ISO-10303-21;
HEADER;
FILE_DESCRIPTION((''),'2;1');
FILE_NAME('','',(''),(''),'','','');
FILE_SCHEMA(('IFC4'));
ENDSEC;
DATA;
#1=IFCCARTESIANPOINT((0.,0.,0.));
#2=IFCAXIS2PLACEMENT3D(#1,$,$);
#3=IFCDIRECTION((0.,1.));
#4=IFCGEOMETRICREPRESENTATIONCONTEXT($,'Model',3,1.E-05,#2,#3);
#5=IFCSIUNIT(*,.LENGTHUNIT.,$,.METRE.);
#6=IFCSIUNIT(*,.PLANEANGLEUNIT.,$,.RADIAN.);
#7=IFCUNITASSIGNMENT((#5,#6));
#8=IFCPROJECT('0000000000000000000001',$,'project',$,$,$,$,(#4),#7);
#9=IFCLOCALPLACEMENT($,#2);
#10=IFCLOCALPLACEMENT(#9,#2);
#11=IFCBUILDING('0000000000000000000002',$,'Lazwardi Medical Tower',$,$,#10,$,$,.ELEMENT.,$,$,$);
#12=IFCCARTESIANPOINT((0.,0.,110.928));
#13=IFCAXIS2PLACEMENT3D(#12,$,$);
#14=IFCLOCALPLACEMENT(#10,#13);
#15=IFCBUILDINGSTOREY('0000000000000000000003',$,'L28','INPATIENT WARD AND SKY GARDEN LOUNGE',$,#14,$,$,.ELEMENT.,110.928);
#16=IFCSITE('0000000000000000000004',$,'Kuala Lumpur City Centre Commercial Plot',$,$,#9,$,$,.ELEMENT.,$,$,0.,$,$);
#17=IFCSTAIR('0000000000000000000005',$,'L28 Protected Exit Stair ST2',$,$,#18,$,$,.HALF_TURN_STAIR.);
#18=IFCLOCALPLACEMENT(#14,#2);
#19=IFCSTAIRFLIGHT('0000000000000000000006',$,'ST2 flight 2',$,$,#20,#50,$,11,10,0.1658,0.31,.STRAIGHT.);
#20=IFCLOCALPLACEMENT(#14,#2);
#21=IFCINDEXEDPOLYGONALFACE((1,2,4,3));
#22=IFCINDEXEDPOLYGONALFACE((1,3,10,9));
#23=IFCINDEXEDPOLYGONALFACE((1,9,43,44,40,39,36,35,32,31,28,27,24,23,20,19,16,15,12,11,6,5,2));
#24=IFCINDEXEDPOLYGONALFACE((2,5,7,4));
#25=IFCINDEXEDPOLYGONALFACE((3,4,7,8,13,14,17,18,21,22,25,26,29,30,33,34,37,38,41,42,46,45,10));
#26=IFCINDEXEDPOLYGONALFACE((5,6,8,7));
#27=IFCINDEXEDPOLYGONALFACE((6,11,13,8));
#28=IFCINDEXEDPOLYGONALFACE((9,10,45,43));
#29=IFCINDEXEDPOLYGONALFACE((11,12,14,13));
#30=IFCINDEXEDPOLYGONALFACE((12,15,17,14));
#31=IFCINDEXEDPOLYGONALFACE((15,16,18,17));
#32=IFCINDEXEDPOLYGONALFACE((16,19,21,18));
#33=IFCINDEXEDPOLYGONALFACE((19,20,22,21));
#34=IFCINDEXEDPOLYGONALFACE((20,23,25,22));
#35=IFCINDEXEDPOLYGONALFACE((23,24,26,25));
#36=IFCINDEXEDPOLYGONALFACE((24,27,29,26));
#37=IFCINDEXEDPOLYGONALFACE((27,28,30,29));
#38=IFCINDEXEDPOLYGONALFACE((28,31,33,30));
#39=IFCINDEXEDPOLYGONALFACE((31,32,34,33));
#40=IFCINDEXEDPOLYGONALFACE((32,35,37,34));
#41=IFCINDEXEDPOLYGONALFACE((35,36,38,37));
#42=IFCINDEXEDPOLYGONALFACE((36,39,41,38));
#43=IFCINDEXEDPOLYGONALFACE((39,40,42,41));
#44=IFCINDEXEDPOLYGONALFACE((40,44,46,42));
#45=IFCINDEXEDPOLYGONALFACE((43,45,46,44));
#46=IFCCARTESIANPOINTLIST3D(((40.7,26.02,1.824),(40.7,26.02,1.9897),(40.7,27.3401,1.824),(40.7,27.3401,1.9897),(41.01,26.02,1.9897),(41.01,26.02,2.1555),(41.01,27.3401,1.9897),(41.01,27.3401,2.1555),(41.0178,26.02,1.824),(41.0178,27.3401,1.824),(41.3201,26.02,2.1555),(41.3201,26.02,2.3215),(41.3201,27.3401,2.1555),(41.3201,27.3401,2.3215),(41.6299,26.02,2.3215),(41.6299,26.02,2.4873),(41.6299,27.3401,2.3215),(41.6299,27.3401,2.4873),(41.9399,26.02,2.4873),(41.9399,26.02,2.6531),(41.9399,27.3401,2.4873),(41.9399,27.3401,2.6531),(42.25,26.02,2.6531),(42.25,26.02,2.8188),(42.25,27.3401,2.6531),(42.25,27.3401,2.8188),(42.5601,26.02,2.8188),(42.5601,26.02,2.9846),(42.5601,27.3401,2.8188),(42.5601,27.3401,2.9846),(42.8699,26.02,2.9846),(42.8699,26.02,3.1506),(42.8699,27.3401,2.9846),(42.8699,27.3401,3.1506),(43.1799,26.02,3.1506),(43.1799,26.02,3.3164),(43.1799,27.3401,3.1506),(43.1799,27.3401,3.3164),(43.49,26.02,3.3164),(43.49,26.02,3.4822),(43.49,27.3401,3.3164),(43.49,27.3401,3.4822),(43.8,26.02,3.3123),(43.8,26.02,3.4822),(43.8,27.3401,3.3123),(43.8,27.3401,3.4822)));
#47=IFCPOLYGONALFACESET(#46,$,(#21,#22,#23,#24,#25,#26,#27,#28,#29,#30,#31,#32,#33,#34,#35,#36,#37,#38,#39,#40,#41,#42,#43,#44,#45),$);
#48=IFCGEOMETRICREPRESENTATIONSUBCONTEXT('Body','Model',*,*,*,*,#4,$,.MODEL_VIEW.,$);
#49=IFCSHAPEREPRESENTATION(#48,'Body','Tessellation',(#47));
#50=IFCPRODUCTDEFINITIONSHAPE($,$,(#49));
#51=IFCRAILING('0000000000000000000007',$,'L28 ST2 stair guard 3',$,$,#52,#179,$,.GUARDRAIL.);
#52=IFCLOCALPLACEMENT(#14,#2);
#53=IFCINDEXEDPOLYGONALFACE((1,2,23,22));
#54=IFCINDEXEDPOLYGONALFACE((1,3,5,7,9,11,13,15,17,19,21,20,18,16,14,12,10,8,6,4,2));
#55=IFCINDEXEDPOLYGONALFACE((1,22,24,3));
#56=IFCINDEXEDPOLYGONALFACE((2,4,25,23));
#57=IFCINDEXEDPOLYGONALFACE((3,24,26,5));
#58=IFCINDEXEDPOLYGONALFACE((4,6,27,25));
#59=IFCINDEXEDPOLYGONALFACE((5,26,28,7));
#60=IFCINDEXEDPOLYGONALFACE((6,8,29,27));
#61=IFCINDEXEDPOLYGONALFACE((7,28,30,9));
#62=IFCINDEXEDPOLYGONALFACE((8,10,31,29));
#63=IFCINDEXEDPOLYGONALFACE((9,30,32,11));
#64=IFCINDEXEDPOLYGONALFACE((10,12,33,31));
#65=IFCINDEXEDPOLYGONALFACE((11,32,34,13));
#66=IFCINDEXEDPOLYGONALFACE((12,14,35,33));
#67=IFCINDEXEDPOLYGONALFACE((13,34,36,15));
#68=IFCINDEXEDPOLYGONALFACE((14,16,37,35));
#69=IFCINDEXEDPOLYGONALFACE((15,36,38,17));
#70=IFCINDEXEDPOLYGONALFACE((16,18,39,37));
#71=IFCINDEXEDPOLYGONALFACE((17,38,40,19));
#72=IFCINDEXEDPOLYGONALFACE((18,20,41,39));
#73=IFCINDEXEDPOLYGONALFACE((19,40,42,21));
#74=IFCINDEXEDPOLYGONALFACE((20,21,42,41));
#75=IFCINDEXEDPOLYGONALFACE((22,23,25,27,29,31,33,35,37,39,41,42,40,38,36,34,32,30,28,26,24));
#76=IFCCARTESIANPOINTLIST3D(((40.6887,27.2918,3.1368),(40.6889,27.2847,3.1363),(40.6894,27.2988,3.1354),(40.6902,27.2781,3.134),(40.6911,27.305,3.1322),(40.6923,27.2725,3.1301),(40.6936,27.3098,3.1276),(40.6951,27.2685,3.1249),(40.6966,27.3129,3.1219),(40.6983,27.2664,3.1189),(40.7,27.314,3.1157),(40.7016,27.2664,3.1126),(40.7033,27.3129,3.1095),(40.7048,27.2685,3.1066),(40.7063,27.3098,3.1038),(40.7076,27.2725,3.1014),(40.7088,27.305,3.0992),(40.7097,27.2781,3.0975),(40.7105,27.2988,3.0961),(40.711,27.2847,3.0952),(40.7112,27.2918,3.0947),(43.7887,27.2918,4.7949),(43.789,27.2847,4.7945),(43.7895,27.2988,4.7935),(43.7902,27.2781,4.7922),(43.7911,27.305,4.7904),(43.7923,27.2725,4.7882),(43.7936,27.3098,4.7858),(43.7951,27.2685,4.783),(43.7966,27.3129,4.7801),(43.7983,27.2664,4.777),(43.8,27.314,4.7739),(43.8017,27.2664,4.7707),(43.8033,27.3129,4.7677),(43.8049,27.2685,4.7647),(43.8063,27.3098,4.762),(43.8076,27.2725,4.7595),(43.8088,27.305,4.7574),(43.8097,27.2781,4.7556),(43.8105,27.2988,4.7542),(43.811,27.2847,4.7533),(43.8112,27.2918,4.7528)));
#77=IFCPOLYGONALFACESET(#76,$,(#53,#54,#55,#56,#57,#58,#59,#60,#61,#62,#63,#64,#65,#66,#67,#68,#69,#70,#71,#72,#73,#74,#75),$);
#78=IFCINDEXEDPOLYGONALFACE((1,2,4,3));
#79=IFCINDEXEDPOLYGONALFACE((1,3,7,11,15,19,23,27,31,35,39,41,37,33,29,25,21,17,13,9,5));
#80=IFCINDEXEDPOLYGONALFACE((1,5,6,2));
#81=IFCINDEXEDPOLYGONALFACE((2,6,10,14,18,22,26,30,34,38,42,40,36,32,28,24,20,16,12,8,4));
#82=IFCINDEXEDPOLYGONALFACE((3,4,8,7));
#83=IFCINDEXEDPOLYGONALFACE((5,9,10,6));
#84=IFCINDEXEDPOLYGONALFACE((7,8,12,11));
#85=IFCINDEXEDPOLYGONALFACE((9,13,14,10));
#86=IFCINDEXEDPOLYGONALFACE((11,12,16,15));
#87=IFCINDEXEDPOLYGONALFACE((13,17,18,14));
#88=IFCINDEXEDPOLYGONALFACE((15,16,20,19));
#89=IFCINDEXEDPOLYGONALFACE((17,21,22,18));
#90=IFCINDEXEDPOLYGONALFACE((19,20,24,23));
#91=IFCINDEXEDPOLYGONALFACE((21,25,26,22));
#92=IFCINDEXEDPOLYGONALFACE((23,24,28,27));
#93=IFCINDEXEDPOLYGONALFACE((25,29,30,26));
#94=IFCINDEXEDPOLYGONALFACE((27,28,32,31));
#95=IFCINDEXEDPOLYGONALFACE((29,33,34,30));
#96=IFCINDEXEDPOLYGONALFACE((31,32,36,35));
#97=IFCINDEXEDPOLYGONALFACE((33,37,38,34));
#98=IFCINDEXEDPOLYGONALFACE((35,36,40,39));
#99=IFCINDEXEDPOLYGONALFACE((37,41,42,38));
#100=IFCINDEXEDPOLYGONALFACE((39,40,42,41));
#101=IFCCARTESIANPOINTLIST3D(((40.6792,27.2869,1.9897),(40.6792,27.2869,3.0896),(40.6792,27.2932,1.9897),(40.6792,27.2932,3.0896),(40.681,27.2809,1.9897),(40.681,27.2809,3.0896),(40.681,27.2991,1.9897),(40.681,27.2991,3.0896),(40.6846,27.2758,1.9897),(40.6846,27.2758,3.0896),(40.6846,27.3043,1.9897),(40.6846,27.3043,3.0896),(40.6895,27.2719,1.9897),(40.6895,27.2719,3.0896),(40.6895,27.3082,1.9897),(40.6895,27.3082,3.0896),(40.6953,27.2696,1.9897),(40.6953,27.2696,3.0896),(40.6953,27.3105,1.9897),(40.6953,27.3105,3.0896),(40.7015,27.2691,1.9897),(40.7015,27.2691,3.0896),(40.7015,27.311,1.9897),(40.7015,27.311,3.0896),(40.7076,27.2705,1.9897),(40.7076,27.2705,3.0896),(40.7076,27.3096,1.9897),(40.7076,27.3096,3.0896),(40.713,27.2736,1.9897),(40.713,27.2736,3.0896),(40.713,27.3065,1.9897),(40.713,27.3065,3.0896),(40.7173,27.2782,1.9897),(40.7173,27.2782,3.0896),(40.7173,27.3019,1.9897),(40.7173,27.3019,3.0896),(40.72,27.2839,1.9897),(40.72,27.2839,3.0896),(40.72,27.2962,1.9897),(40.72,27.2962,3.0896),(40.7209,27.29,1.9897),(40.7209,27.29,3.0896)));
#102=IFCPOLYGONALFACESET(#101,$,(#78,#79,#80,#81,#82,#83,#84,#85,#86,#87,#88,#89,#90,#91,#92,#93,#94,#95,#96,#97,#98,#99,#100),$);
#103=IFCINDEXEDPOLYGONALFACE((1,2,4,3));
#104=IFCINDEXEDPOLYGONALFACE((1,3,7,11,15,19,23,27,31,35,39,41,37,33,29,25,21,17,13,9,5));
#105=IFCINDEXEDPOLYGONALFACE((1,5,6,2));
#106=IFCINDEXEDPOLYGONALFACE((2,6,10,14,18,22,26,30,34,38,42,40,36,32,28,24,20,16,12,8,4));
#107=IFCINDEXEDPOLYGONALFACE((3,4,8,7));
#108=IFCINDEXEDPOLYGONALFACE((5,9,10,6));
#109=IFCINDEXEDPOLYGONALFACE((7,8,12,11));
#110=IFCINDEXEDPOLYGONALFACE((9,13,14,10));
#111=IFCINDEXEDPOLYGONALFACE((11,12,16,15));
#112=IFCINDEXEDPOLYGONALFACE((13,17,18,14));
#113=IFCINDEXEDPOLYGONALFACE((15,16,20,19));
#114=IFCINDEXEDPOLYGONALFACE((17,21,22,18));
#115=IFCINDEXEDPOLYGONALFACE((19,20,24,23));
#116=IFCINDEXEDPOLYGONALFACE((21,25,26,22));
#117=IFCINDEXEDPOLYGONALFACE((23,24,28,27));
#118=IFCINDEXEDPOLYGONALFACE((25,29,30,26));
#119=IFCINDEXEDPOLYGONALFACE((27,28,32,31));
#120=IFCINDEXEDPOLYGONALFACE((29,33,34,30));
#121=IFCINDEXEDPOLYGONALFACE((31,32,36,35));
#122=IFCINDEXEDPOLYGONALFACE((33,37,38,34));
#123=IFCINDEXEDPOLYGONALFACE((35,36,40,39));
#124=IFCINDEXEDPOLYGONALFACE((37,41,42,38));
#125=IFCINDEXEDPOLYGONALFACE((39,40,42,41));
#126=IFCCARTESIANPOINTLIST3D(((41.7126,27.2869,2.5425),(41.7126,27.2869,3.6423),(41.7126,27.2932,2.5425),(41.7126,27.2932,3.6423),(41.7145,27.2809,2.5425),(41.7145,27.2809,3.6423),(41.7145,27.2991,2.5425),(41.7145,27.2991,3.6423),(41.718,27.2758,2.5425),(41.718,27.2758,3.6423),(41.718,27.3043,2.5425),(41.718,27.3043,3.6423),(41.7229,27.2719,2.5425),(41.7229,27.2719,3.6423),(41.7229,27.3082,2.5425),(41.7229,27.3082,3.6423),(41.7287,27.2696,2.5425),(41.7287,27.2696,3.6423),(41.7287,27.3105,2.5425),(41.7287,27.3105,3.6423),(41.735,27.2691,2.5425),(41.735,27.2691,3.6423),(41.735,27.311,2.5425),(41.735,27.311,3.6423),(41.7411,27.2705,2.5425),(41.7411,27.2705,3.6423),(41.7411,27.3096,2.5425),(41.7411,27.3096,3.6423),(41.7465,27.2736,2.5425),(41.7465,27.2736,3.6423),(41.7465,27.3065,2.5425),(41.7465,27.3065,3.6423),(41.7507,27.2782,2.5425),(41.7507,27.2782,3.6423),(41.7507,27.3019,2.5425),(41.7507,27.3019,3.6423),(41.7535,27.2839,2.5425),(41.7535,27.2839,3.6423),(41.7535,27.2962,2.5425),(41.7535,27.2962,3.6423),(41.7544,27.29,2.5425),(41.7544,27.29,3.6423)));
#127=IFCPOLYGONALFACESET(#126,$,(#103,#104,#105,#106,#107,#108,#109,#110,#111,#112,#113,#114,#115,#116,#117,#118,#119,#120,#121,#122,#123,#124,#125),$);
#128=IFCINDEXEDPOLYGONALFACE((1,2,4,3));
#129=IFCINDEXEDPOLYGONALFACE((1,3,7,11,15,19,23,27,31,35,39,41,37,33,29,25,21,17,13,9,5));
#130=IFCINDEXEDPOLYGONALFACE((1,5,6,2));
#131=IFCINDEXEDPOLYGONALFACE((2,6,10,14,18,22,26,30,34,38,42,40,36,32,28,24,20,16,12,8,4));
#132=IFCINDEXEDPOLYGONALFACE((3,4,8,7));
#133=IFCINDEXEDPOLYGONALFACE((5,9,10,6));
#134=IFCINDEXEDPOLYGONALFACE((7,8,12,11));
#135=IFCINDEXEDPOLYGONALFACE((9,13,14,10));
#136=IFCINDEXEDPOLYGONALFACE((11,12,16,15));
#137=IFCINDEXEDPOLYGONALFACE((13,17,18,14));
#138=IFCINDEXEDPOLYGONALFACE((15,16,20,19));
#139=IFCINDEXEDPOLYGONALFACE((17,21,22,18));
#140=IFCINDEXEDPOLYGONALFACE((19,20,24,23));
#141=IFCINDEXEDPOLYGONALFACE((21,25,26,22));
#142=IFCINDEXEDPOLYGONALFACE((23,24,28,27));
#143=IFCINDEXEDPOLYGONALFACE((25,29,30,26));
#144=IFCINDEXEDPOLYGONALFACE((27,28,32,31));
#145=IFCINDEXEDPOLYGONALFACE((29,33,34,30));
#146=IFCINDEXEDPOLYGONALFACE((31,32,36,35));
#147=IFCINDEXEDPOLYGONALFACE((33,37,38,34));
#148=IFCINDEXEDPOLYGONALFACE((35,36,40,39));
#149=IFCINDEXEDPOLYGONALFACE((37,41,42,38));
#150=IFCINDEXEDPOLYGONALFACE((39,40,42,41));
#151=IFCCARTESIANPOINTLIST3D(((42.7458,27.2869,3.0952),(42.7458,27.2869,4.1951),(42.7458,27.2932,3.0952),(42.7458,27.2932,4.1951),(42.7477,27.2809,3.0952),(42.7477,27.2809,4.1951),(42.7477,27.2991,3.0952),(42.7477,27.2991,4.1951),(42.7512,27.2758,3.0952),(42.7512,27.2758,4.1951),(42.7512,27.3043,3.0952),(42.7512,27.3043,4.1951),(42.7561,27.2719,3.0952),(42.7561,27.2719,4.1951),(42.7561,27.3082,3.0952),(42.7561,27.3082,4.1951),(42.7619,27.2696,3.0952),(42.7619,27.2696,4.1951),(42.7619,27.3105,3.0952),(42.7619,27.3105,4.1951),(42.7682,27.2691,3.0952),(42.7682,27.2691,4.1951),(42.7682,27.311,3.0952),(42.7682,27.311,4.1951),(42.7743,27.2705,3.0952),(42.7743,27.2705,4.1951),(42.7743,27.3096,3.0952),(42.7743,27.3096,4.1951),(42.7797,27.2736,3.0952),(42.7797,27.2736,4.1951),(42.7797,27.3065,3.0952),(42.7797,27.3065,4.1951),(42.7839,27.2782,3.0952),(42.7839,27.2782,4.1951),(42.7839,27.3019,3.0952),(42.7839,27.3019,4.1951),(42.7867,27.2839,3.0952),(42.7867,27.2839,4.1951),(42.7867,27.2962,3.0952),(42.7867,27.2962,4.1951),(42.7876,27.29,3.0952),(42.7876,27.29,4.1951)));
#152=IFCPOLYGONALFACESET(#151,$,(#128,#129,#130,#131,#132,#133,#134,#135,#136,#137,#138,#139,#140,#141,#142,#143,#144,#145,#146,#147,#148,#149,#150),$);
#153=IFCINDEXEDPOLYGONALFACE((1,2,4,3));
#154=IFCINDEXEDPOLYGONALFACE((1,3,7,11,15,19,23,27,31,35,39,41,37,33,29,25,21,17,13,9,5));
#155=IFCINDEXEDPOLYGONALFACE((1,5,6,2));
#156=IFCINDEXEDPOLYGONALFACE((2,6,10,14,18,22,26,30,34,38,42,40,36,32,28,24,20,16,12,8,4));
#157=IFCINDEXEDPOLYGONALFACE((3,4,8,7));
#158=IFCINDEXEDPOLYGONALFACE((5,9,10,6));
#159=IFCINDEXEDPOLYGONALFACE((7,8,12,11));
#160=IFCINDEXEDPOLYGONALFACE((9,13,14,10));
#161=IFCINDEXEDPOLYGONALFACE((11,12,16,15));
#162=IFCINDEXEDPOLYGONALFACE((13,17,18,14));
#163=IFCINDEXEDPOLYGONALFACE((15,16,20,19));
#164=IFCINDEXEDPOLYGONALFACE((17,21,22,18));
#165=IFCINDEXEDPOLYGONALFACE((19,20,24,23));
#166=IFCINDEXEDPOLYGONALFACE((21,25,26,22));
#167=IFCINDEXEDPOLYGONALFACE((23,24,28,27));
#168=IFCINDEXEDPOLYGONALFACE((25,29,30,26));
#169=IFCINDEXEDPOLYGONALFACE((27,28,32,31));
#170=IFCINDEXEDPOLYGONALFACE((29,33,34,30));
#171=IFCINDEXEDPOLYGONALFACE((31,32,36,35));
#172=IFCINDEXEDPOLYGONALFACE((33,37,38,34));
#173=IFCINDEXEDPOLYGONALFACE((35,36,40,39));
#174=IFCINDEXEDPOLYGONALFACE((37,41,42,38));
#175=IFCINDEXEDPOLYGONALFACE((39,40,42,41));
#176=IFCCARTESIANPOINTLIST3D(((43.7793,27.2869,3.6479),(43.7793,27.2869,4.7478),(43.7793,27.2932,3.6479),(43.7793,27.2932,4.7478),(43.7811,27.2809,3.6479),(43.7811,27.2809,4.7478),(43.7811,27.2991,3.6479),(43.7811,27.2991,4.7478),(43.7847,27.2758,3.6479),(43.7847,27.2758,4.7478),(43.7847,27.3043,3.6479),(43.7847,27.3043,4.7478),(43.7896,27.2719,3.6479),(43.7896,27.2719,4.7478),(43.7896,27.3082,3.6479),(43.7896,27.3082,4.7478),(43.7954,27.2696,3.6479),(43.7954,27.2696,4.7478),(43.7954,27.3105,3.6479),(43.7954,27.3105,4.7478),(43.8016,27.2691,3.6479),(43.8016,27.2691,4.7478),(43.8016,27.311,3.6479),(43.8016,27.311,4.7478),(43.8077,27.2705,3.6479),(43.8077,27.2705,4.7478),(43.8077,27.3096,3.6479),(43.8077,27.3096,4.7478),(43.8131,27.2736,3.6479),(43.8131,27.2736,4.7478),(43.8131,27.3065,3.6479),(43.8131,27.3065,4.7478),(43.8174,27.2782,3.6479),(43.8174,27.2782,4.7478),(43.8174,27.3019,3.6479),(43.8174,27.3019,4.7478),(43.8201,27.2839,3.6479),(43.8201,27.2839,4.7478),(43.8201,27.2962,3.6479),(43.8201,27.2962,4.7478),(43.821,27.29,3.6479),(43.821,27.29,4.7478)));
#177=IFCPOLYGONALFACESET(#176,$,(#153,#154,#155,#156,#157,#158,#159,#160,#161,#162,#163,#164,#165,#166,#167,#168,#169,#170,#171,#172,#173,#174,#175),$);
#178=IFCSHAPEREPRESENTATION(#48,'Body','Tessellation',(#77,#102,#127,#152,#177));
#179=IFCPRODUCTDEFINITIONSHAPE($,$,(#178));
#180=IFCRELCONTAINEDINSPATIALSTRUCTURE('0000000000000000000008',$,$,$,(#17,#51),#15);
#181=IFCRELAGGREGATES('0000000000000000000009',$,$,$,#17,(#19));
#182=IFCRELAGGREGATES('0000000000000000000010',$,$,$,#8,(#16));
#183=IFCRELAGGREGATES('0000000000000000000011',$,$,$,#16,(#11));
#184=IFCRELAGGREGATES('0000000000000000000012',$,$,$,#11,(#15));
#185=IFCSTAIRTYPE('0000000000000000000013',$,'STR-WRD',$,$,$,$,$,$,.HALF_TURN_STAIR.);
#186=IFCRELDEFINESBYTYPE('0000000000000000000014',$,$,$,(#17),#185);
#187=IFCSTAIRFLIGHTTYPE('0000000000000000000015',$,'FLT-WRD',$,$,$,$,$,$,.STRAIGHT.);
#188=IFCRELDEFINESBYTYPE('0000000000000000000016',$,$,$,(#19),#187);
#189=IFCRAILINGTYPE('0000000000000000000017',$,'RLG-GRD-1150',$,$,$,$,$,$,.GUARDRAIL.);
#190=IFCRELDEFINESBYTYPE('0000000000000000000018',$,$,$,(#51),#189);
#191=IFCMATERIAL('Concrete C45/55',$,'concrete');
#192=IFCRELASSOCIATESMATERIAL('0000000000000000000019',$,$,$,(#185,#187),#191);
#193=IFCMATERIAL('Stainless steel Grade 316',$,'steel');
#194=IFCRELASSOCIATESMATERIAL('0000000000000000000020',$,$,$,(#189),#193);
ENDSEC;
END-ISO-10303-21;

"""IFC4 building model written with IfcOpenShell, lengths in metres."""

from ifc_helpers import new_model, si_unit, direction, frame, origin, origin_2d, place, context, subcontext, project, spatial, polyline, circle, outline, extrude, material, type_object, element, aggregate, save


model = new_model("IFC4")

# Units and contexts
model_context = context("Model", 3, precision=1e-05, world=origin(), true_north=direction((0.0, 1.0)))
body_context = subcontext(model_context, "Body", "Model", "MODEL_VIEW")
ifc_project = project(units=[si_unit("LENGTHUNIT", "METRE"), si_unit("PLANEANGLEUNIT", "RADIAN")], contexts=[model_context])

# Site, building, storey
site_placement = place(None, origin())
site = spatial("IfcSite", under=ifc_project, at=site_placement, Name="Kuala Lumpur City Centre Commercial Plot", CompositionType="ELEMENT", RefElevation=0.0)
building_placement = place(site_placement, origin())
building = spatial("IfcBuilding", under=site, at=building_placement, Name="Lazwardi Medical Tower", CompositionType="ELEMENT")
storey_placement = place(building_placement, frame((0.0, 0.0, 110.928)))
storey = spatial("IfcBuildingStorey", under=building, at=storey_placement, Name="L28", Description="INPATIENT WARD AND SKY GARDEN LOUNGE", CompositionType="ELEMENT", Elevation=110.928)

# Stair, stair flight
ifc_material_1 = material(Name="Concrete C45/55", Category="concrete")
stair_type = type_object("IfcStairType", Name="STR-WRD", PredefinedType="HALF_TURN_STAIR", material=ifc_material_1)
stair_placement = place(storey_placement, origin())
stair = element("IfcStair", 1, at=stair_placement, inside=storey, type_object=stair_type, Name="L28 Protected Exit Stair ST2", PredefinedType="HALF_TURN_STAIR")
stair_flight_type = type_object("IfcStairFlightType", Name="FLT-WRD", PredefinedType="STRAIGHT", material=ifc_material_1)
stair_flight_placement = place(storey_placement, frame((40.7, 26.6799, 1.824), z_axis=(0.0, 0.0, 1.0), x_axis=(1.0, 0.0, 0.0)))
stair_flight = element("IfcStairFlight", 2, at=stair_flight_placement, type_object=stair_flight_type, Name="ST2 flight 2", NumberOfRisers=11, NumberOfTreads=10, PredefinedType="STRAIGHT", RiserHeight=0.1658, TreadLength=0.31, context=body_context, shape_type="SweptSolid", body=[
    extrude(outline(polyline([(0.0, 0.0), (0.0, 0.1658), (0.3101, 0.1658), (0.3101, 0.3315), (0.6201, 0.3315), (0.6201, 0.4976), (0.9299, 0.4976), (0.9299, 0.6633), (1.24, 0.6633), (1.24, 0.8291), (1.55, 0.8291), (1.55, 0.9949), (1.8601, 0.9949), (1.8601, 1.1606), (2.1699, 1.1606), (2.1699, 1.3267), (2.48, 1.3267), (2.48, 1.4924), (2.79, 1.4924), (2.79, 1.6582), (3.1001, 1.6582), (3.1001, 1.824), (3.1001, 1.4883), (0.3179, 0.0), (0.0, 0.0)])), frame((0.0, 0.6602, 0.0), z_axis=(0.0, -1.0, 0.0), x_axis=(1.0, 0.0, 0.0)), (0.0, 0.0, 1.0), 1.3201),
])
aggregate(stair, [stair_flight])

# Railing
ifc_material_2 = material(Name="Stainless steel Grade 316", Category="steel")
railing_type_1 = type_object("IfcRailingType", Name="RLG-GRD-1150", PredefinedType="GUARDRAIL", material=ifc_material_2)
railing_1_placement = place(storey_placement, frame((40.7, 27.29, 1.9897)))
element("IfcRailing", 3, at=railing_1_placement, inside=storey, type_object=railing_type_1, Name="L28 ST2 stair guard 3", PredefinedType="GUARDRAIL", context=body_context, shape_type="SweptSolid", body=[
    extrude(circle(Radius=0.0239, at=origin_2d()), frame((0.0, 0.0, 1.126), z_axis=(0.881783, 0.0, 0.471655), x_axis=(0.0, 1.0, 0.0)), (0.0, 0.0, 1.0), 3.5156),
    extrude(circle(Radius=0.021, at=origin_2d()), origin(), (0.0, 0.0, 1.0), 1.0999),
    extrude(circle(Radius=0.021, at=origin_2d()), frame((1.0334, 0.0, 0.5527)), (0.0, 0.0, 1.0), 1.0999),
    extrude(circle(Radius=0.021, at=origin_2d()), frame((2.0667, 0.0, 1.1055)), (0.0, 0.0, 1.0), 1.0999),
    extrude(circle(Radius=0.021, at=origin_2d()), frame((3.1001, 0.0, 1.6582)), (0.0, 0.0, 1.0), 1.0999),
])

save(model, "model.ifc")
